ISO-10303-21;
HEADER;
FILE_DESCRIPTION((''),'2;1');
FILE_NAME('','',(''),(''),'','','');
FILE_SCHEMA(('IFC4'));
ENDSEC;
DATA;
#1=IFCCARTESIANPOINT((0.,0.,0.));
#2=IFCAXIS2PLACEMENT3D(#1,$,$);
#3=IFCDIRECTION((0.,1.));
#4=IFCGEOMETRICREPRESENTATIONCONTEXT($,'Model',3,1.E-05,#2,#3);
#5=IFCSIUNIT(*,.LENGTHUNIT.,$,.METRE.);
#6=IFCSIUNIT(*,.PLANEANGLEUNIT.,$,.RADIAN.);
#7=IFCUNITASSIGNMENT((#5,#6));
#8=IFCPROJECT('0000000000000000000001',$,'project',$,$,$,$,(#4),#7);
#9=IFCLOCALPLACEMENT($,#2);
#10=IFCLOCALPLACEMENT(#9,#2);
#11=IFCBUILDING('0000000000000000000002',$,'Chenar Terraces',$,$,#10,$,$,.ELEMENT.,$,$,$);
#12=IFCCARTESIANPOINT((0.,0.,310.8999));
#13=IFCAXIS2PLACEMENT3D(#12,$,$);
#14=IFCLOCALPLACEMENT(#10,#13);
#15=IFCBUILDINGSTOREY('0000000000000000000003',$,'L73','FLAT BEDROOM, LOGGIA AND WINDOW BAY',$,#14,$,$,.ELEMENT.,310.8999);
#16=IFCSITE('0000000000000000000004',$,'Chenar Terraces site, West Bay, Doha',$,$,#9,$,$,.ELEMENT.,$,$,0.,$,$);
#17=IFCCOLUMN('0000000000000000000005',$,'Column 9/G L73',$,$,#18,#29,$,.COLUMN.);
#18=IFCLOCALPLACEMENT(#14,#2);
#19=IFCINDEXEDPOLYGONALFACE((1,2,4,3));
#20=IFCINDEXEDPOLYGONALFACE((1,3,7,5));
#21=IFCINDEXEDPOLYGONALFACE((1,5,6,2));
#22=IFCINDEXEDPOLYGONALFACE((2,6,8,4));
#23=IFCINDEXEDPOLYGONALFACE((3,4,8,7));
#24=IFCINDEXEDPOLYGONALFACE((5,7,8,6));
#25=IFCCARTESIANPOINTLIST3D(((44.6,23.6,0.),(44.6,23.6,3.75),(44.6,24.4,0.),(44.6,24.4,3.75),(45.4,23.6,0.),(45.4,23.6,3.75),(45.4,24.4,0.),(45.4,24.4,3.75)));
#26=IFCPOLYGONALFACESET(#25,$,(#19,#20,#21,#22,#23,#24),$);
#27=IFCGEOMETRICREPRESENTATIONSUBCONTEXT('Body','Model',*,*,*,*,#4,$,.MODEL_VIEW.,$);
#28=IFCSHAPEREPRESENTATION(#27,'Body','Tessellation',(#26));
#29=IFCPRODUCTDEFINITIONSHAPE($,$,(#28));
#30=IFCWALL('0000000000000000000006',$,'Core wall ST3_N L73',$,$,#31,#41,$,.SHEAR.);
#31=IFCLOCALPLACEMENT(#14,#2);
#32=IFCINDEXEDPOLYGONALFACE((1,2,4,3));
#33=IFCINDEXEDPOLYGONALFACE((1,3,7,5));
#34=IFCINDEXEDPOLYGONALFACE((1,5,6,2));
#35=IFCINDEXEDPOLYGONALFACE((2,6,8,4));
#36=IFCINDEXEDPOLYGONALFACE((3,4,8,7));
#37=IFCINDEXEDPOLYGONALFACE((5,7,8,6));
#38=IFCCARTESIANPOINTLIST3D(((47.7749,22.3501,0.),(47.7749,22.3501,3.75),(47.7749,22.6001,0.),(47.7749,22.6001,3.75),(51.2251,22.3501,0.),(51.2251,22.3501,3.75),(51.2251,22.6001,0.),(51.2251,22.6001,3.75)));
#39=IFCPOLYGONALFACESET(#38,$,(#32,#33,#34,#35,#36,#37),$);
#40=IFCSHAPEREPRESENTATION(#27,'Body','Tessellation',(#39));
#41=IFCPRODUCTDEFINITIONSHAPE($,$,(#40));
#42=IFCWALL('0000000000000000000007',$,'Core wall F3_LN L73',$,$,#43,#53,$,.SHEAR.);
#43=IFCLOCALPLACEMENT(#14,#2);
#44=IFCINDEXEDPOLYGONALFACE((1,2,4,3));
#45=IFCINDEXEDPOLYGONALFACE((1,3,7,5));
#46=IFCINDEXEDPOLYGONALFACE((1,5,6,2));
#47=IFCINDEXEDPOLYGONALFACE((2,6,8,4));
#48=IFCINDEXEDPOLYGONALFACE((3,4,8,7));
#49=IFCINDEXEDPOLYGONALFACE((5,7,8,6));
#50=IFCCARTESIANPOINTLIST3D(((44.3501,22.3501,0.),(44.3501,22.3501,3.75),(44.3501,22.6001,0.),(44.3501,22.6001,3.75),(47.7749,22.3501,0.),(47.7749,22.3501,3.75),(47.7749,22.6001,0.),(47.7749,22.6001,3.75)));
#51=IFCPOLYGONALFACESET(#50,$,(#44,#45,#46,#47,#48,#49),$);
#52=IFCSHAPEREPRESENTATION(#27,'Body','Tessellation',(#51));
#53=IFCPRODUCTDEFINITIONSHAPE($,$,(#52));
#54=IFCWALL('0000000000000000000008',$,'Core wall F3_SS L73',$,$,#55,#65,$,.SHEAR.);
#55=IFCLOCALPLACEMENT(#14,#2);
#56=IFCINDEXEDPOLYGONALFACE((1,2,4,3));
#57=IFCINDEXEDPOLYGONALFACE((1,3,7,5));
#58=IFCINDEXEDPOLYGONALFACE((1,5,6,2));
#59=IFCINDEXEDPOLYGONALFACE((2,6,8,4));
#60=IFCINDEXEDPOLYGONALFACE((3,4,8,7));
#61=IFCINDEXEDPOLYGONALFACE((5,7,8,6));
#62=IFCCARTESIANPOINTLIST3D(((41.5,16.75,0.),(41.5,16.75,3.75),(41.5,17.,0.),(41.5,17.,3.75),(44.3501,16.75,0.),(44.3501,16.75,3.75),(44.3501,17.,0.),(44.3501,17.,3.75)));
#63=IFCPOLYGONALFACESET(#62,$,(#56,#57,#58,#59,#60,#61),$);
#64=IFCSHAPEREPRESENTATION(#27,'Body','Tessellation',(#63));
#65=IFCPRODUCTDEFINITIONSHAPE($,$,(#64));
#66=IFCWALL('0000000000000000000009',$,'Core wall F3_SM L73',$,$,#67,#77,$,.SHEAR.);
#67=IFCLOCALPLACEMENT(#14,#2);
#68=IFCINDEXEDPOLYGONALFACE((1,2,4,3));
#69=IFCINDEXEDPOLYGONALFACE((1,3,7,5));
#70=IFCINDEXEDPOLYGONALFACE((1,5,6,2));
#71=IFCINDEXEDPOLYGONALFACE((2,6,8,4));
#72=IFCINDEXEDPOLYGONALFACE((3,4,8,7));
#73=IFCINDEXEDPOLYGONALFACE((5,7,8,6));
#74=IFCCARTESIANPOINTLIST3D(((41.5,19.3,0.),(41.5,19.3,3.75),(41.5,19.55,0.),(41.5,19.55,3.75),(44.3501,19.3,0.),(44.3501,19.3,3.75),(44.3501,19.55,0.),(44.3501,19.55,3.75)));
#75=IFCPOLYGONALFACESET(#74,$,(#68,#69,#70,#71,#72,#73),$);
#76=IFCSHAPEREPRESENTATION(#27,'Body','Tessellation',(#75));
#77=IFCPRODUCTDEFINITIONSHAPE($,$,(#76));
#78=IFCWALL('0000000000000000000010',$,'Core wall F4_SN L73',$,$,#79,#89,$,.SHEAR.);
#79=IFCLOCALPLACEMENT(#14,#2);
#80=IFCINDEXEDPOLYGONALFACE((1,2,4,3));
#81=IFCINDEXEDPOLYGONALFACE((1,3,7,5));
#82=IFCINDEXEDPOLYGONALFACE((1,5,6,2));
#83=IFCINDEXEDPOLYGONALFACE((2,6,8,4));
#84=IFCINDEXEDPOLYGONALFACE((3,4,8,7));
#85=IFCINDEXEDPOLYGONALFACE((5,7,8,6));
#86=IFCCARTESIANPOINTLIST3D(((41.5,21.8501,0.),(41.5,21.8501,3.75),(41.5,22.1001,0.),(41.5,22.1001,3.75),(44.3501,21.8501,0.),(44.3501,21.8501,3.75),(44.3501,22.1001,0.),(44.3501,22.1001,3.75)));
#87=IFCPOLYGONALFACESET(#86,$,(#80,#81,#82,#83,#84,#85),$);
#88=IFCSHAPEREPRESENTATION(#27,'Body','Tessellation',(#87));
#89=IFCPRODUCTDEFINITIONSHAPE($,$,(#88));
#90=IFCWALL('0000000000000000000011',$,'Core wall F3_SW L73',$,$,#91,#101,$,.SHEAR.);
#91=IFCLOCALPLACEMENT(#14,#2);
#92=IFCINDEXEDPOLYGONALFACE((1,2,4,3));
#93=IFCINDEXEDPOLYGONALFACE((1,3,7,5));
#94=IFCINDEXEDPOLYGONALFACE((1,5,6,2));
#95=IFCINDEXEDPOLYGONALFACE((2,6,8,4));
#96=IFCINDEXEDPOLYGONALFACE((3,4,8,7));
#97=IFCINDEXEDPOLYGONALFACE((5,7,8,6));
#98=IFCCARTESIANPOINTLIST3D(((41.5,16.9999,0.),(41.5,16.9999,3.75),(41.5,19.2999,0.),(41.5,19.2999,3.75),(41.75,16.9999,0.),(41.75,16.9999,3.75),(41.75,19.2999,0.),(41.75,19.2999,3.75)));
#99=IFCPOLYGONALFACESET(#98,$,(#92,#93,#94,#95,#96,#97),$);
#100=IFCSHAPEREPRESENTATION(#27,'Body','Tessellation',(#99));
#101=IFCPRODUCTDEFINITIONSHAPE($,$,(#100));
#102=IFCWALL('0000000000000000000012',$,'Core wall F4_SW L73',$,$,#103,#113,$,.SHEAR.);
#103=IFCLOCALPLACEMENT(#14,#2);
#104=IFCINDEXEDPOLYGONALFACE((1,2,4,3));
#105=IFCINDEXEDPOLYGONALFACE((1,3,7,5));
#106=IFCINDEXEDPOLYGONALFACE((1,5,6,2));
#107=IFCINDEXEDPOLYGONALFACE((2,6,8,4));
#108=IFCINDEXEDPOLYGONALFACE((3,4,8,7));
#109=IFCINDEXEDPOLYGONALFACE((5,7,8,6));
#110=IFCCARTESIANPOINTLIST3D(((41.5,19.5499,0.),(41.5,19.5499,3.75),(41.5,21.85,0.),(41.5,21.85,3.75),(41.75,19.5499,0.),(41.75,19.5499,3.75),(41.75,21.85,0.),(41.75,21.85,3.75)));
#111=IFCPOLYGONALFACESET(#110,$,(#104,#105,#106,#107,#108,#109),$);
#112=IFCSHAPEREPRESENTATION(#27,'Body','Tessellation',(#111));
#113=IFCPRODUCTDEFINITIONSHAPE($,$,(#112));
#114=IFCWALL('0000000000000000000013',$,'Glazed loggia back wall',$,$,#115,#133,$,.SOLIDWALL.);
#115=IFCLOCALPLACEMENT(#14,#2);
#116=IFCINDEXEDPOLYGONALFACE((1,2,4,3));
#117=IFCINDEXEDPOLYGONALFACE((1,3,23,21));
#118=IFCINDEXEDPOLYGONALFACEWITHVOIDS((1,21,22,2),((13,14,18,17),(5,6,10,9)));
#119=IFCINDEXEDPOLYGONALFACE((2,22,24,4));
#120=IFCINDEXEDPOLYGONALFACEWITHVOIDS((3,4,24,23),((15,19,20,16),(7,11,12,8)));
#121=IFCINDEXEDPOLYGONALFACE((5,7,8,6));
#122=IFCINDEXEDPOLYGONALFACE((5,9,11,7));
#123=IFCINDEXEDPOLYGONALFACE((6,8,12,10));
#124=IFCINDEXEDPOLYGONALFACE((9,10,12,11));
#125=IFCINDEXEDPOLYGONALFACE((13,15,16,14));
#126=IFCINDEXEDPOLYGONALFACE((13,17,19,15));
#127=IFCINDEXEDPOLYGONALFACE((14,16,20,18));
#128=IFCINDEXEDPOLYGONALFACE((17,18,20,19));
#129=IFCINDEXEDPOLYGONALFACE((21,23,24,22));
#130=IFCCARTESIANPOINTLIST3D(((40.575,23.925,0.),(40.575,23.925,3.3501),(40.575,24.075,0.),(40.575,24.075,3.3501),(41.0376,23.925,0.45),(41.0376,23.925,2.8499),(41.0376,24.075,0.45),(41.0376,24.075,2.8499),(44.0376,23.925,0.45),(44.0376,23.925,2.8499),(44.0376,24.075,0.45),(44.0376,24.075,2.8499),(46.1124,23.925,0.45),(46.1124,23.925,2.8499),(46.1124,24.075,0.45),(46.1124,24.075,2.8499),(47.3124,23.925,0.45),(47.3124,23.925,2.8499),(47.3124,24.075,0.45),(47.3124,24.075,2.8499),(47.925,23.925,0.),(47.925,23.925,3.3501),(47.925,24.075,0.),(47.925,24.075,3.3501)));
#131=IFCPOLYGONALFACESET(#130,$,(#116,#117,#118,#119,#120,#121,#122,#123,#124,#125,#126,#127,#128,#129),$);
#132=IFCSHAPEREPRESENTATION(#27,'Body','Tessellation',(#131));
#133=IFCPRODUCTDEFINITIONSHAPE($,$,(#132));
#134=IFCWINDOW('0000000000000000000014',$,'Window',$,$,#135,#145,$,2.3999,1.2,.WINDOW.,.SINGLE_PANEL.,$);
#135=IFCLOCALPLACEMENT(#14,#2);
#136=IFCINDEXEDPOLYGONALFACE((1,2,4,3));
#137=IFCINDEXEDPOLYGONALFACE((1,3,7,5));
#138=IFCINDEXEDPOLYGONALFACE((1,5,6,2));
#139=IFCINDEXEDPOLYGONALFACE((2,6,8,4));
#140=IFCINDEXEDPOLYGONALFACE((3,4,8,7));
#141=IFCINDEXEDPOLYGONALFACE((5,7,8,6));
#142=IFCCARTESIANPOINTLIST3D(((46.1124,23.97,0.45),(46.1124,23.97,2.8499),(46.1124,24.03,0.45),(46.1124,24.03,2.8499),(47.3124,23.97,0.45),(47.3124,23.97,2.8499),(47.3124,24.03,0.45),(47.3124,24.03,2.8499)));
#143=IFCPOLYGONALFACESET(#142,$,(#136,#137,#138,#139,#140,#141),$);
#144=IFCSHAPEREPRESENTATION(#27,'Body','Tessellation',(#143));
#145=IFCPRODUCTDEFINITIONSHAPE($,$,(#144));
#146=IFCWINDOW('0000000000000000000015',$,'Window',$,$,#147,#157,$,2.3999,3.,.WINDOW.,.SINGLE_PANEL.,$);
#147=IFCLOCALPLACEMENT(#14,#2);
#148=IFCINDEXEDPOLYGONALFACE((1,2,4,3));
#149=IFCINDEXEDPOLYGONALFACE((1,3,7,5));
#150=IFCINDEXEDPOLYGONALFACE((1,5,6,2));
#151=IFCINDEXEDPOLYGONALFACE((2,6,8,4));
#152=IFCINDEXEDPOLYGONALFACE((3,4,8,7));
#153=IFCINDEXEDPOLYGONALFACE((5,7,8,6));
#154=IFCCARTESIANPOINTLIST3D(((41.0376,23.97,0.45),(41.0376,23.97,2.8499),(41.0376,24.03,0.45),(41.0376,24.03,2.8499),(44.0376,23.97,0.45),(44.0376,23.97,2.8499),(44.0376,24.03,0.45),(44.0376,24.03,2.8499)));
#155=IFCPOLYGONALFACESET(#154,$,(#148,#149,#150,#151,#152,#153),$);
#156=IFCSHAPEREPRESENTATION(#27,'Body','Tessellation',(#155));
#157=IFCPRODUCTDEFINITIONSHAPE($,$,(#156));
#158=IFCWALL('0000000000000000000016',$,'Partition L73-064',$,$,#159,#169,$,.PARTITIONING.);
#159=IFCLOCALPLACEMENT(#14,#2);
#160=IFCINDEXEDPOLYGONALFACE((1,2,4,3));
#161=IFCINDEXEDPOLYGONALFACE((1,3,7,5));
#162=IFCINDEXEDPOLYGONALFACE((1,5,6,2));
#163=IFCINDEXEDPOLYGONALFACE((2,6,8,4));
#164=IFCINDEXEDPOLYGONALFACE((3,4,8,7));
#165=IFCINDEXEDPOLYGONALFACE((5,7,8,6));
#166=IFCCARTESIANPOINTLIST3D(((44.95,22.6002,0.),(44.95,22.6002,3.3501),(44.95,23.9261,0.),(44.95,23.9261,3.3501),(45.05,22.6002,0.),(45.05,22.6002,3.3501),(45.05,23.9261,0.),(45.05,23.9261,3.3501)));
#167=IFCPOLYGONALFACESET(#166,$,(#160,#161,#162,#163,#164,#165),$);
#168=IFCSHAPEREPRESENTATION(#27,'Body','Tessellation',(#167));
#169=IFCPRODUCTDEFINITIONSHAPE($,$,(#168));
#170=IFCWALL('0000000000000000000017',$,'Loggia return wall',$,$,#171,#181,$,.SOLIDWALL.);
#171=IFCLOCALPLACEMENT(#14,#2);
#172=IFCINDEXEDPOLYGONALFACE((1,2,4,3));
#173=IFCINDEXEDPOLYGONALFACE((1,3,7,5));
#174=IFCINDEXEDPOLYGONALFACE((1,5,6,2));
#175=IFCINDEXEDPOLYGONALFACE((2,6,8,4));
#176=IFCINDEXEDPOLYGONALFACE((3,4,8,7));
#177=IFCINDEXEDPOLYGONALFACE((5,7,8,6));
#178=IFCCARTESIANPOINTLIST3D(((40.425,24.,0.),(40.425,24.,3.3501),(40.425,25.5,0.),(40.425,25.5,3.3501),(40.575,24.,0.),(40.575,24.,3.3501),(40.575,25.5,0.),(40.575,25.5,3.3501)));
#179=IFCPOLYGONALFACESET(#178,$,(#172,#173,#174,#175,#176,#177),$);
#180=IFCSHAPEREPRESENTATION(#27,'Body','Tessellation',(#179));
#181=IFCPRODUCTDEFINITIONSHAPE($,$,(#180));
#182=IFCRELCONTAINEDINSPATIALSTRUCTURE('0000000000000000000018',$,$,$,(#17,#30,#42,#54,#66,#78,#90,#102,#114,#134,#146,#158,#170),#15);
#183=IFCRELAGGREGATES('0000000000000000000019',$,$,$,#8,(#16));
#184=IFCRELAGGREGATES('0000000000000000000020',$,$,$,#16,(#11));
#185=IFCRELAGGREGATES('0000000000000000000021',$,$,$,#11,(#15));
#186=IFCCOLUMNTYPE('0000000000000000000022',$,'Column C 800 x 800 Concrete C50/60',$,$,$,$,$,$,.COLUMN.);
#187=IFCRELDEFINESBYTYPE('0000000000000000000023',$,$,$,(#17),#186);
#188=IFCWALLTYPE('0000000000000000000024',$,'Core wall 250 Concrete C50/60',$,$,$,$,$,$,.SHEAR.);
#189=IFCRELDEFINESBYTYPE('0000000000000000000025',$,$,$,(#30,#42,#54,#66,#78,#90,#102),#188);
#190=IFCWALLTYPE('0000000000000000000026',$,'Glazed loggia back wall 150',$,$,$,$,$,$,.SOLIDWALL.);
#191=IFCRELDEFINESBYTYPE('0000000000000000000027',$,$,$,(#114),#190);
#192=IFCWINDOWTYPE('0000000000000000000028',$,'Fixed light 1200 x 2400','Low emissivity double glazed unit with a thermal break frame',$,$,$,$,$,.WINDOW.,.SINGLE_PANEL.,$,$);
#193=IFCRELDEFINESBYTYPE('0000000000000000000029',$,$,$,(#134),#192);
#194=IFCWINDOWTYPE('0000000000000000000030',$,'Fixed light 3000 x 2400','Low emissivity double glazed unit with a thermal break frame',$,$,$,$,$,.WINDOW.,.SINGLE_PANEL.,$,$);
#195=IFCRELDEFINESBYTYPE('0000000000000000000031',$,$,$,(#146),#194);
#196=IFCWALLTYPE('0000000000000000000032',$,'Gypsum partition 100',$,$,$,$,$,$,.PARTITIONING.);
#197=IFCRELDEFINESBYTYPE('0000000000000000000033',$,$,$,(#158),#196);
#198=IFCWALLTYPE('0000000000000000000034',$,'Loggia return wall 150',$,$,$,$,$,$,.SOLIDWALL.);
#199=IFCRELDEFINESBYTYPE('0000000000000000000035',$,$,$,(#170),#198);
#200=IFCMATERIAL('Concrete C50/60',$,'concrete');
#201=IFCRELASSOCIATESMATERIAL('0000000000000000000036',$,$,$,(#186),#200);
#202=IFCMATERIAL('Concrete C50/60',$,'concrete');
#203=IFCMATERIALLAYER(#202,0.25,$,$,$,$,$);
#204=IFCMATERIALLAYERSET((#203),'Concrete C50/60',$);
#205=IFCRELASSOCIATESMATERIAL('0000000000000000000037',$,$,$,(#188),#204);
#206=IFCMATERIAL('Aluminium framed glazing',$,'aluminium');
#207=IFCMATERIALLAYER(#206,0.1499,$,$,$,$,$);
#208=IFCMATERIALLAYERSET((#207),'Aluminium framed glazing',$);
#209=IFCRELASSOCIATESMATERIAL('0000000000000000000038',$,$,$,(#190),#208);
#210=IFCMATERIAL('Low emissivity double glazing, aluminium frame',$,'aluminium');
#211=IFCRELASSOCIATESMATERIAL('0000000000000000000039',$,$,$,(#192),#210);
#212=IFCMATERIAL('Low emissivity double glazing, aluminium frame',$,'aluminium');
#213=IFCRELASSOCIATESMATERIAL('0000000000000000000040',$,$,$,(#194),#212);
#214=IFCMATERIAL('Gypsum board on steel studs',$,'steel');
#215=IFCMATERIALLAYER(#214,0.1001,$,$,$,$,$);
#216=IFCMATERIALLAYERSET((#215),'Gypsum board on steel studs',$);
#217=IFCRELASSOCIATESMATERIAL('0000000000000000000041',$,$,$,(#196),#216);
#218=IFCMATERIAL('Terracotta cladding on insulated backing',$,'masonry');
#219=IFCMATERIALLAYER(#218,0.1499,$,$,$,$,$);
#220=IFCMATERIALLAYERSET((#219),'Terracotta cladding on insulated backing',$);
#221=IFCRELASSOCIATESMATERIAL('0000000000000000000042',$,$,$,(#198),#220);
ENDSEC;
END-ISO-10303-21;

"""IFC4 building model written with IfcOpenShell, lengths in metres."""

from ifc_helpers import new_model, si_unit, direction, frame, frame_2d, origin, origin_2d, place, context, subcontext, project, spatial, rectangle, extrude, material, layer, layer_set, material_profile, profile_set, type_object, element, fill, save


model = new_model("IFC4")

# Units and contexts
model_context = context("Model", 3, precision=1e-05, world=origin(), true_north=direction((0.0, 1.0)))
body_context = subcontext(model_context, "Body", "Model", "MODEL_VIEW")
ifc_project = project(units=[si_unit("LENGTHUNIT", "METRE"), si_unit("PLANEANGLEUNIT", "RADIAN")], contexts=[model_context])

# Site, building, storey
site_placement = place(None, origin())
site = spatial("IfcSite", under=ifc_project, at=site_placement, Name="Chenar Terraces site, West Bay, Doha", CompositionType="ELEMENT", RefElevation=0.0)
building_placement = place(site_placement, origin())
building = spatial("IfcBuilding", under=site, at=building_placement, Name="Chenar Terraces", CompositionType="ELEMENT")
storey_placement = place(building_placement, frame((0.0, 0.0, 310.8999)))
storey = spatial("IfcBuildingStorey", under=building, at=storey_placement, Name="L73", Description="FLAT BEDROOM, LOGGIA AND WINDOW BAY", CompositionType="ELEMENT", Elevation=310.8999)

# Column
ifc_material_1 = material(Name="Concrete C50/60", Category="concrete")
ifc_material_profile_1 = material_profile(ifc_material_1, rectangle(XDim=0.8, YDim=0.8, at=origin_2d()), Name="C 800 x 800")
ifc_profile_set_1 = profile_set([ifc_material_profile_1], Name="Concrete C50/60")
column_type = type_object("IfcColumnType", Name="Column C 800 x 800 Concrete C50/60", PredefinedType="COLUMN", material=ifc_profile_set_1)
column_placement = place(storey_placement, frame((45.0, 24.0, 0.0), z_axis=(0.0, 0.0, 1.0), x_axis=(1.0, 0.0, 0.0)))
element("IfcColumn", 1, at=column_placement, inside=storey, type_object=column_type, Name="Column 9/G L73", PredefinedType="COLUMN", context=body_context, shape_type="SweptSolid", body=[
    extrude(rectangle(XDim=0.8, YDim=0.8, at=origin_2d()), origin(), (0.0, 0.0, 1.0), 3.75),
])

# Walls
ifc_material_2 = material(Name="Concrete C50/60", Category="concrete")
ifc_layer_1 = layer(ifc_material_2, 0.25)
ifc_layer_set_1 = layer_set([ifc_layer_1], Name="Concrete C50/60")
wall_type_1 = type_object("IfcWallType", Name="Core wall 250 Concrete C50/60", PredefinedType="SHEAR", material=ifc_layer_set_1)
wall_1_placement = place(storey_placement, frame((47.7749, 22.4751, 0.0), z_axis=(0.0, 0.0, 1.0), x_axis=(1.0, 0.0, 0.0)))
element("IfcWall", 2, at=wall_1_placement, inside=storey, type_object=wall_type_1, Name="Core wall ST3_N L73", PredefinedType="SHEAR", context=body_context, shape_type="SweptSolid", body=[
    extrude(rectangle(XDim=3.4502, YDim=0.25, at=frame_2d((1.7251, 0.0))), origin(), (0.0, 0.0, 1.0), 3.75),
])
wall_2_placement = place(storey_placement, frame((44.3501, 22.4751, 0.0), z_axis=(0.0, 0.0, 1.0), x_axis=(1.0, 0.0, 0.0)))
element("IfcWall", 3, at=wall_2_placement, inside=storey, type_object=wall_type_1, Name="Core wall F3_LN L73", PredefinedType="SHEAR", context=body_context, shape_type="SweptSolid", body=[
    extrude(rectangle(XDim=3.4248, YDim=0.25, at=frame_2d((1.7124, 0.0))), origin(), (0.0, 0.0, 1.0), 3.75),
])
for number, where, z_axis, x_axis, name in (
    (4, (41.5, 16.875, 0.0), (0.0, 0.0, 1.0), (1.0, 0.0, 0.0), "Core wall F3_SS L73"),
    (5, (41.5, 19.425, 0.0), (0.0, 0.0, 1.0), (1.0, 0.0, 0.0), "Core wall F3_SM L73"),
    (6, (41.5, 21.9751, 0.0), (0.0, 0.0, 1.0), (1.0, 0.0, 0.0), "Core wall F4_SN L73"),
):
    element("IfcWall", number, at=place(storey_placement, frame(where, z_axis=z_axis, x_axis=x_axis)), inside=storey, type_object=wall_type_1, Name=name, PredefinedType="SHEAR", context=body_context, shape_type="SweptSolid", body=[
        extrude(rectangle(XDim=2.8501, YDim=0.25, at=frame_2d((1.425, 0.0))), origin(), (0.0, 0.0, 1.0), 3.75),
    ])
for number, where, z_axis, x_axis, name in (
    (7, (41.625, 17.0, 0.0), (0.0, 0.0, 1.0), (0.0, 1.0, 0.0), "Core wall F3_SW L73"),
    (8, (41.625, 19.55, 0.0), (0.0, 0.0, 1.0), (0.0, 1.0, 0.0), "Core wall F4_SW L73"),
):
    element("IfcWall", number, at=place(storey_placement, frame(where, z_axis=z_axis, x_axis=x_axis)), inside=storey, type_object=wall_type_1, Name=name, PredefinedType="SHEAR", context=body_context, shape_type="SweptSolid", body=[
        extrude(rectangle(XDim=2.3, YDim=0.25, at=frame_2d((1.1499, 0.0))), origin(), (0.0, 0.0, 1.0), 3.75),
    ])

# Wall, openings, windows
ifc_material_3 = material(Name="Aluminium framed glazing", Category="aluminium")
ifc_layer_2 = layer(ifc_material_3, 0.1499)
ifc_layer_set_2 = layer_set([ifc_layer_2], Name="Aluminium framed glazing")
wall_type_2 = type_object("IfcWallType", Name="Glazed loggia back wall 150", PredefinedType="SOLIDWALL", material=ifc_layer_set_2)
wall_3_placement = place(storey_placement, frame((47.925, 24.0, 0.0), z_axis=(0.0, 0.0, 1.0), x_axis=(-1.0, 0.0, 0.0)))
wall_3 = element("IfcWall", 9, at=wall_3_placement, inside=storey, type_object=wall_type_2, Name="Glazed loggia back wall", PredefinedType="SOLIDWALL", context=body_context, shape_type="SweptSolid", body=[
    extrude(rectangle(XDim=7.3501, YDim=0.1499, at=frame_2d((3.675, 0.0))), origin(), (0.0, 0.0, 1.0), 3.3501),
])
opening_1_placement = place(wall_3_placement, frame((0.6125, 0.0, 0.45)))
opening_1 = element("IfcOpeningElement", 10, at=opening_1_placement, cuts=wall_3, PredefinedType="OPENING", context=body_context, shape_type="SweptSolid", body=[
    extrude(rectangle(XDim=1.2, YDim=2.3999, at=frame_2d((0.6001, 1.2))), frame((0.0, 0.085, 0.0), z_axis=(0.0, -1.0, 0.0), x_axis=(1.0, 0.0, 0.0)), (0.0, 0.0, 1.0), 0.1699),
])
opening_2_placement = place(wall_3_placement, frame((3.8875, 0.0, 0.45)))
opening_2 = element("IfcOpeningElement", 11, at=opening_2_placement, cuts=wall_3, PredefinedType="OPENING", context=body_context, shape_type="SweptSolid", body=[
    extrude(rectangle(XDim=3.0, YDim=2.3999, at=frame_2d((1.5, 1.2))), frame((0.0, 0.085, 0.0), z_axis=(0.0, -1.0, 0.0), x_axis=(1.0, 0.0, 0.0)), (0.0, 0.0, 1.0), 0.1699),
])
ifc_material_4 = material(Name="Low emissivity double glazing, aluminium frame", Category="aluminium")
window_type_1 = type_object("IfcWindowType", Name="Fixed light 1200 x 2400", Description="Low emissivity double glazed unit with a thermal break frame", PartitioningType="SINGLE_PANEL", PredefinedType="WINDOW", material=ifc_material_4)
window_1_placement = place(opening_1_placement, origin())
window_1 = element("IfcWindow", 12, at=window_1_placement, inside=storey, type_object=window_type_1, Name="Window", OverallHeight=2.3999, OverallWidth=1.2, PartitioningType="SINGLE_PANEL", PredefinedType="WINDOW", context=body_context, shape_type="SweptSolid", body=[
    extrude(rectangle(XDim=1.2, YDim=2.3999, at=frame_2d((0.6001, 1.2))), frame((0.0, 0.03, 0.0), z_axis=(0.0, -1.0, 0.0), x_axis=(1.0, 0.0, 0.0)), (0.0, 0.0, 1.0), 0.0601),
])
fill(opening_1, window_1)
ifc_material_5 = material(Name="Low emissivity double glazing, aluminium frame", Category="aluminium")
window_type_2 = type_object("IfcWindowType", Name="Fixed light 3000 x 2400", Description="Low emissivity double glazed unit with a thermal break frame", PartitioningType="SINGLE_PANEL", PredefinedType="WINDOW", material=ifc_material_5)
window_2_placement = place(opening_2_placement, origin())
window_2 = element("IfcWindow", 13, at=window_2_placement, inside=storey, type_object=window_type_2, Name="Window", OverallHeight=2.3999, OverallWidth=3.0, PartitioningType="SINGLE_PANEL", PredefinedType="WINDOW", context=body_context, shape_type="SweptSolid", body=[
    extrude(rectangle(XDim=3.0, YDim=2.3999, at=frame_2d((1.5, 1.2))), frame((0.0, 0.03, 0.0), z_axis=(0.0, -1.0, 0.0), x_axis=(1.0, 0.0, 0.0)), (0.0, 0.0, 1.0), 0.0601),
])
fill(opening_2, window_2)

# Walls
ifc_material_6 = material(Name="Gypsum board on steel studs", Category="steel")
ifc_layer_3 = layer(ifc_material_6, 0.1001)
ifc_layer_set_3 = layer_set([ifc_layer_3], Name="Gypsum board on steel studs")
wall_type_3 = type_object("IfcWallType", Name="Gypsum partition 100", PredefinedType="PARTITIONING", material=ifc_layer_set_3)
wall_4_placement = place(storey_placement, frame((45.0, 22.6001, 0.0), z_axis=(0.0, 0.0, 1.0), x_axis=(0.0, 1.0, 0.0)))
element("IfcWall", 14, at=wall_4_placement, inside=storey, type_object=wall_type_3, Name="Partition L73-064", PredefinedType="PARTITIONING", context=body_context, shape_type="SweptSolid", body=[
    extrude(rectangle(XDim=1.3259, YDim=0.1001, at=frame_2d((0.6631, 0.0))), origin(), (0.0, 0.0, 1.0), 3.3501),
])
ifc_material_7 = material(Name="Terracotta cladding on insulated backing", Category="masonry")
ifc_layer_4 = layer(ifc_material_7, 0.1499)
ifc_layer_set_4 = layer_set([ifc_layer_4], Name="Terracotta cladding on insulated backing")
wall_type_4 = type_object("IfcWallType", Name="Loggia return wall 150", PredefinedType="SOLIDWALL", material=ifc_layer_set_4)
wall_5_placement = place(storey_placement, frame((40.5, 25.5, 0.0), z_axis=(0.0, 0.0, 1.0), x_axis=(0.0, -1.0, 0.0)))
element("IfcWall", 15, at=wall_5_placement, inside=storey, type_object=wall_type_4, Name="Loggia return wall", PredefinedType="SOLIDWALL", context=body_context, shape_type="SweptSolid", body=[
    extrude(rectangle(XDim=1.5, YDim=0.1499, at=frame_2d((0.75, 0.0))), origin(), (0.0, 0.0, 1.0), 3.3501),
])

save(model, "model.ifc")
